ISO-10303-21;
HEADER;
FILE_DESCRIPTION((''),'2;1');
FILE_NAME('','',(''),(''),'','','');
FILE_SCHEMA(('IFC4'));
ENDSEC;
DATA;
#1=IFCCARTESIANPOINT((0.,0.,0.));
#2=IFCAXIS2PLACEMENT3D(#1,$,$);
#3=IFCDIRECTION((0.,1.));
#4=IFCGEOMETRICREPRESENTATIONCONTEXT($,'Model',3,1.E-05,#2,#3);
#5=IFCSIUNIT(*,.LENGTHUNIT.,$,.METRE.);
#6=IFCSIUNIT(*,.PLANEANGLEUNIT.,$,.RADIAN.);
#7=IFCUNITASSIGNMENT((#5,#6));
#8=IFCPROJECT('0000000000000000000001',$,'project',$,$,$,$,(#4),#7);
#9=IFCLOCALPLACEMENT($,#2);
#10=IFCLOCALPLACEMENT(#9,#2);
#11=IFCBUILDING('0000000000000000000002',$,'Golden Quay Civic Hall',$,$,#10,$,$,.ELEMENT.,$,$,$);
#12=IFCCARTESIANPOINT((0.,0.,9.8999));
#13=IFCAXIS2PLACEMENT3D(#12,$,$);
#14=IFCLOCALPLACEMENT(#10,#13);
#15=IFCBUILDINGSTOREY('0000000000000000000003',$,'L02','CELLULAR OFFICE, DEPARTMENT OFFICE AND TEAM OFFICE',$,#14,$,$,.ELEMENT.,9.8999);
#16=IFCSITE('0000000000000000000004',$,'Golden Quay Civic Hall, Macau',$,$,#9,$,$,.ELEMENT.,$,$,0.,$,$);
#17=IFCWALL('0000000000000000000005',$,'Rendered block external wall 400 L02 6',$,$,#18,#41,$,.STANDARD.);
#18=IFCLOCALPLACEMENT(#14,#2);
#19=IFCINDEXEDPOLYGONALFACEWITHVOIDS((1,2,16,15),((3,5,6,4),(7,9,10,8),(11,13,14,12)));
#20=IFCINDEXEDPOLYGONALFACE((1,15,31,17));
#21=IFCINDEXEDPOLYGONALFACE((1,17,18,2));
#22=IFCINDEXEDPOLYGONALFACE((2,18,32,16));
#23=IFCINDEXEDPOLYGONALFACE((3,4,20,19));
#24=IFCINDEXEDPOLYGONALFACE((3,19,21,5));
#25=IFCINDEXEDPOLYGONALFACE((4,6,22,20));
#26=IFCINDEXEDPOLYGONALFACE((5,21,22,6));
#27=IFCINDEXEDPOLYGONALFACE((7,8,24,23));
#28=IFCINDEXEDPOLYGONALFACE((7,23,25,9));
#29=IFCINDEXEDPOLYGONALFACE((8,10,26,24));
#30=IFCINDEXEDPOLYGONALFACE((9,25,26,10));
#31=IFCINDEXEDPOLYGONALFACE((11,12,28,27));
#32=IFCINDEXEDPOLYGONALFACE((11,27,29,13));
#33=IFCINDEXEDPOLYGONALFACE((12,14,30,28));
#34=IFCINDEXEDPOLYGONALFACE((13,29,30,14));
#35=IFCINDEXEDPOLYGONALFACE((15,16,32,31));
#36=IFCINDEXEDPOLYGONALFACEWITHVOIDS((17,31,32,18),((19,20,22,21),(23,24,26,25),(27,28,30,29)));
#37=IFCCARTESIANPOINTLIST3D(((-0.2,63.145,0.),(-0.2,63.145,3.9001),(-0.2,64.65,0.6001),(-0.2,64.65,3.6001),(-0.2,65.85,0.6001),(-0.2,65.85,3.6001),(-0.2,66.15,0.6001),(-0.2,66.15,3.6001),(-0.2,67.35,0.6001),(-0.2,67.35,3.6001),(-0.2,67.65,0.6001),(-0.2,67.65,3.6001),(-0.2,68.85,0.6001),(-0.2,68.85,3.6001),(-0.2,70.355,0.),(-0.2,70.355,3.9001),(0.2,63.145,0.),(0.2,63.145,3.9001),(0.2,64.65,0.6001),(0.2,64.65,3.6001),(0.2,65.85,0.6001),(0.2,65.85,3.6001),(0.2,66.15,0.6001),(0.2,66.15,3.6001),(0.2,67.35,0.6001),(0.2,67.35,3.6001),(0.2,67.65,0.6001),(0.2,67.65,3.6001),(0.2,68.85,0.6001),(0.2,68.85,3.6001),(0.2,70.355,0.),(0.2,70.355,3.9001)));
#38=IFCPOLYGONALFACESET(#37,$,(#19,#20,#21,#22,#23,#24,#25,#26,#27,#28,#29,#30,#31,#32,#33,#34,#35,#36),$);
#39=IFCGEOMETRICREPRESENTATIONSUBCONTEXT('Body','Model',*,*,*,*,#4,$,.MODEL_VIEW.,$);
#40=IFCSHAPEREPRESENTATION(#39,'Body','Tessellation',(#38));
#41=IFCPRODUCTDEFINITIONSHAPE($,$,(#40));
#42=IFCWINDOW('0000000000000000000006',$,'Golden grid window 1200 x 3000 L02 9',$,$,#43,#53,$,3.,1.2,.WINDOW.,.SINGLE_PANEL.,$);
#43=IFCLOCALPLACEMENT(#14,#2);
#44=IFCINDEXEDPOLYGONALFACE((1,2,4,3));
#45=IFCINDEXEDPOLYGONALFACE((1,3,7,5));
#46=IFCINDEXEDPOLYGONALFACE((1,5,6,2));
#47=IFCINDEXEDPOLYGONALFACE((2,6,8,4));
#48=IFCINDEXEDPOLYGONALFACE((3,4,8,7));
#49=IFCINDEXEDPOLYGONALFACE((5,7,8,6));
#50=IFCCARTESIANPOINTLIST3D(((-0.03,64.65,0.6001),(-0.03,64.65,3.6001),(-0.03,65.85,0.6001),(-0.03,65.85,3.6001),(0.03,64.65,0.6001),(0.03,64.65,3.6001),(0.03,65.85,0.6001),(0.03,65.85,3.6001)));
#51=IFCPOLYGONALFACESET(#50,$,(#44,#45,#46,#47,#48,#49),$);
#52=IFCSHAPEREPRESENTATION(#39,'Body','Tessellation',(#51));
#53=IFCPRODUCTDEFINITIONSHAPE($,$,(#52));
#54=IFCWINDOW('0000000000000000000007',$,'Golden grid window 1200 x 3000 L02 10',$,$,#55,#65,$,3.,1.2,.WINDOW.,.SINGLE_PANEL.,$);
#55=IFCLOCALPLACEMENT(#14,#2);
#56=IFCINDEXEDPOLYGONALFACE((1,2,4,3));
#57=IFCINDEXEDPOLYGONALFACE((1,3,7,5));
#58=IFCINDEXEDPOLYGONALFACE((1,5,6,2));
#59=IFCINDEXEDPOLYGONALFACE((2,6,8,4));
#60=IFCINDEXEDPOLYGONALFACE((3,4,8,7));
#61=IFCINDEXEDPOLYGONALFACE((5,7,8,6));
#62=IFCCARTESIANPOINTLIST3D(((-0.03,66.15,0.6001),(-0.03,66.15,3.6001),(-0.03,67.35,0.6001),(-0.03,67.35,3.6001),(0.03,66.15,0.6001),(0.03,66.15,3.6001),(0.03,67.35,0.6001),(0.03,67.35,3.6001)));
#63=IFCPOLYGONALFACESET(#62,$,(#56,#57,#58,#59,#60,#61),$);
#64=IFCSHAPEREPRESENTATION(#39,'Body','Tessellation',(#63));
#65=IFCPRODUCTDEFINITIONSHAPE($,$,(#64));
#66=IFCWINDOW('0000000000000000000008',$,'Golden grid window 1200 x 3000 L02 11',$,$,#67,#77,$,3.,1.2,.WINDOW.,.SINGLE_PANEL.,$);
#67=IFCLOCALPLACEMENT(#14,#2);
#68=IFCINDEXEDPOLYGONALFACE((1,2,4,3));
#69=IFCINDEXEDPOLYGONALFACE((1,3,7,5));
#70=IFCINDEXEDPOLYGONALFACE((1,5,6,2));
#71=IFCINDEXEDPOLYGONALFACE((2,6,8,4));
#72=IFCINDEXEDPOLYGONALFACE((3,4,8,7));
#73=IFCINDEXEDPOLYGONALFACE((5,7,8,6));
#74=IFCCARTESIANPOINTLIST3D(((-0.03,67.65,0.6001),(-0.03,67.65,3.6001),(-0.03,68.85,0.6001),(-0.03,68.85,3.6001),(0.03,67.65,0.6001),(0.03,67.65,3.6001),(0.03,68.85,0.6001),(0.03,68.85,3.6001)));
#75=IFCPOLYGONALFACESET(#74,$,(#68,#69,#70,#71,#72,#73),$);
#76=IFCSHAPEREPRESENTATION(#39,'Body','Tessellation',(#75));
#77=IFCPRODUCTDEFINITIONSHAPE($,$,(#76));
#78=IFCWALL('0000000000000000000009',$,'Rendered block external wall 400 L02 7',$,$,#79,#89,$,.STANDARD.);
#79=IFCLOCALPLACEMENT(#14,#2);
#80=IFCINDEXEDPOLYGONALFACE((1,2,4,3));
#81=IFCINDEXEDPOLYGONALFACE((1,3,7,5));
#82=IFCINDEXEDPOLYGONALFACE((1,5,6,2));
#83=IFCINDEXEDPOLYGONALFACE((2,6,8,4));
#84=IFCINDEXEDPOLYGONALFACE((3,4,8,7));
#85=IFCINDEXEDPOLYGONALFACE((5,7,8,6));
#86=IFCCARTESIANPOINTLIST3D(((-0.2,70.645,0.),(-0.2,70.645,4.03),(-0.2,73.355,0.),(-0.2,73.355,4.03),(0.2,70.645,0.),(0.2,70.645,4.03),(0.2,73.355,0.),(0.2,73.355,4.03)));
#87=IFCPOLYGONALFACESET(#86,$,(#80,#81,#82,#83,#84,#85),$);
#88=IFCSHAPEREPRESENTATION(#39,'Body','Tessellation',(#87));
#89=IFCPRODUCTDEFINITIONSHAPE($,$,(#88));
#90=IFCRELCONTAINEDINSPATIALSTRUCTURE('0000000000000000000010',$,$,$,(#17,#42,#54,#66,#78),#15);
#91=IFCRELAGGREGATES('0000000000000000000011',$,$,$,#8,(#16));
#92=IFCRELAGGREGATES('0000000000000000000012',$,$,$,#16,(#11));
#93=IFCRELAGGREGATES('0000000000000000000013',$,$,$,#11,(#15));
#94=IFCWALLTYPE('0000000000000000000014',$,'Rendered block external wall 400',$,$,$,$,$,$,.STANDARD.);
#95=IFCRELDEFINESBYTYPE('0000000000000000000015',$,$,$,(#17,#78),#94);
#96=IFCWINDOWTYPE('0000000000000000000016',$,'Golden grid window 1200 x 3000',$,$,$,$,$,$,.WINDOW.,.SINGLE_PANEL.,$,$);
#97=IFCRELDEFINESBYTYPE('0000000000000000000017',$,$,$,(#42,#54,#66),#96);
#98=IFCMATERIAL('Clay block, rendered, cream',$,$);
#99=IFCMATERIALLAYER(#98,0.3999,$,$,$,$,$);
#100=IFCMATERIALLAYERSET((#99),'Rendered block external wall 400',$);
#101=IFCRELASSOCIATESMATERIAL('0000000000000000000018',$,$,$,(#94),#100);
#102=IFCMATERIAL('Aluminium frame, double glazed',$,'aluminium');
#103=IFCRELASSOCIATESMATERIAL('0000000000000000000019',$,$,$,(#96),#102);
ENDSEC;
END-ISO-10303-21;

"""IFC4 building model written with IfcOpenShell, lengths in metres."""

from ifc_helpers import new_model, si_unit, direction, frame, frame_2d, origin, place, context, subcontext, project, spatial, rectangle, extrude, material, layer, layer_set, type_object, element, fill, save


model = new_model("IFC4")

# Units and contexts
model_context = context("Model", 3, precision=1e-05, world=origin(), true_north=direction((0.0, 1.0)))
body_context = subcontext(model_context, "Body", "Model", "MODEL_VIEW")
ifc_project = project(units=[si_unit("LENGTHUNIT", "METRE"), si_unit("PLANEANGLEUNIT", "RADIAN")], contexts=[model_context])

# Site, building, storey
site_placement = place(None, origin())
site = spatial("IfcSite", under=ifc_project, at=site_placement, Name="Golden Quay Civic Hall, Macau", CompositionType="ELEMENT", RefElevation=0.0)
building_placement = place(site_placement, origin())
building = spatial("IfcBuilding", under=site, at=building_placement, Name="Golden Quay Civic Hall", CompositionType="ELEMENT")
storey_placement = place(building_placement, frame((0.0, 0.0, 9.8999)))
storey = spatial("IfcBuildingStorey", under=building, at=storey_placement, Name="L02", Description="CELLULAR OFFICE, DEPARTMENT OFFICE AND TEAM OFFICE", CompositionType="ELEMENT", Elevation=9.8999)

# Wall, openings, windows
ifc_material_1 = material(Name="Clay block, rendered, cream")
ifc_layer_1 = layer(ifc_material_1, 0.3999)
ifc_layer_set_1 = layer_set([ifc_layer_1], Name="Rendered block external wall 400")
wall_type_1 = type_object("IfcWallType", Name="Rendered block external wall 400", PredefinedType="STANDARD", material=ifc_layer_set_1)
wall_1_placement = place(storey_placement, frame((0.0, 63.145, 0.0), z_axis=(0.0, 0.0, 1.0), x_axis=(0.0, 1.0, 0.0)))
wall_1 = element("IfcWall", 1, at=wall_1_placement, inside=storey, type_object=wall_type_1, Name="Rendered block external wall 400 L02 6", PredefinedType="STANDARD", context=body_context, shape_type="SweptSolid", body=[
    extrude(rectangle(XDim=7.21, YDim=0.3999, at=frame_2d((3.605, 0.0))), origin(), (0.0, 0.0, 1.0), 3.9001),
])
opening_1_placement = place(wall_1_placement, frame((1.5049, 0.0, 0.6001)))
opening_1 = element("IfcOpeningElement", 2, at=opening_1_placement, cuts=wall_1, PredefinedType="OPENING", context=body_context, shape_type="SweptSolid", body=[
    extrude(rectangle(XDim=1.2, YDim=3.0, at=frame_2d((0.6001, 1.5))), frame((0.0, 0.21, 0.0), z_axis=(0.0, -1.0, 0.0), x_axis=(1.0, 0.0, 0.0)), (0.0, 0.0, 1.0), 0.4199),
])
opening_2_placement = place(wall_1_placement, frame((3.0049, 0.0, 0.6001)))
opening_2 = element("IfcOpeningElement", 3, at=opening_2_placement, cuts=wall_1, PredefinedType="OPENING", context=body_context, shape_type="SweptSolid", body=[
    extrude(rectangle(XDim=1.2, YDim=3.0, at=frame_2d((0.6001, 1.5))), frame((0.0, 0.21, 0.0), z_axis=(0.0, -1.0, 0.0), x_axis=(1.0, 0.0, 0.0)), (0.0, 0.0, 1.0), 0.4199),
])
opening_3_placement = place(wall_1_placement, frame((4.5049, 0.0, 0.6001)))
opening_3 = element("IfcOpeningElement", 4, at=opening_3_placement, cuts=wall_1, PredefinedType="OPENING", context=body_context, shape_type="SweptSolid", body=[
    extrude(rectangle(XDim=1.2, YDim=3.0, at=frame_2d((0.6001, 1.5))), frame((0.0, 0.21, 0.0), z_axis=(0.0, -1.0, 0.0), x_axis=(1.0, 0.0, 0.0)), (0.0, 0.0, 1.0), 0.4199),
])
ifc_material_2 = material(Name="Aluminium frame, double glazed", Category="aluminium")
window_type = type_object("IfcWindowType", Name="Golden grid window 1200 x 3000", PartitioningType="SINGLE_PANEL", PredefinedType="WINDOW", material=ifc_material_2)
window_1_placement = place(opening_1_placement, origin())
window_1 = element("IfcWindow", 5, at=window_1_placement, inside=storey, type_object=window_type, Name="Golden grid window 1200 x 3000 L02 9", OverallHeight=3.0, OverallWidth=1.2, PartitioningType="SINGLE_PANEL", PredefinedType="WINDOW", context=body_context, shape_type="SweptSolid", body=[
    extrude(rectangle(XDim=1.2, YDim=3.0, at=frame_2d((0.6001, 1.5))), frame((0.0, 0.03, 0.0), z_axis=(0.0, -1.0, 0.0), x_axis=(1.0, 0.0, 0.0)), (0.0, 0.0, 1.0), 0.0601),
])
fill(opening_1, window_1)
window_2_placement = place(opening_2_placement, origin())
window_2 = element("IfcWindow", 6, at=window_2_placement, inside=storey, type_object=window_type, Name="Golden grid window 1200 x 3000 L02 10", OverallHeight=3.0, OverallWidth=1.2, PartitioningType="SINGLE_PANEL", PredefinedType="WINDOW", context=body_context, shape_type="SweptSolid", body=[
    extrude(rectangle(XDim=1.2, YDim=3.0, at=frame_2d((0.6001, 1.5))), frame((0.0, 0.03, 0.0), z_axis=(0.0, -1.0, 0.0), x_axis=(1.0, 0.0, 0.0)), (0.0, 0.0, 1.0), 0.0601),
])
fill(opening_2, window_2)
window_3_placement = place(opening_3_placement, origin())
window_3 = element("IfcWindow", 7, at=window_3_placement, inside=storey, type_object=window_type, Name="Golden grid window 1200 x 3000 L02 11", OverallHeight=3.0, OverallWidth=1.2, PartitioningType="SINGLE_PANEL", PredefinedType="WINDOW", context=body_context, shape_type="SweptSolid", body=[
    extrude(rectangle(XDim=1.2, YDim=3.0, at=frame_2d((0.6001, 1.5))), frame((0.0, 0.03, 0.0), z_axis=(0.0, -1.0, 0.0), x_axis=(1.0, 0.0, 0.0)), (0.0, 0.0, 1.0), 0.0601),
])
fill(opening_3, window_3)

# Wall
wall_2_placement = place(storey_placement, frame((0.0, 70.645, 0.0), z_axis=(0.0, 0.0, 1.0), x_axis=(0.0, 1.0, 0.0)))
element("IfcWall", 8, at=wall_2_placement, inside=storey, type_object=wall_type_1, Name="Rendered block external wall 400 L02 7", PredefinedType="STANDARD", context=body_context, shape_type="SweptSolid", body=[
    extrude(rectangle(XDim=2.71, YDim=0.3999, at=frame_2d((1.355, 0.0))), origin(), (0.0, 0.0, 1.0), 4.03),
])

save(model, "model.ifc")
